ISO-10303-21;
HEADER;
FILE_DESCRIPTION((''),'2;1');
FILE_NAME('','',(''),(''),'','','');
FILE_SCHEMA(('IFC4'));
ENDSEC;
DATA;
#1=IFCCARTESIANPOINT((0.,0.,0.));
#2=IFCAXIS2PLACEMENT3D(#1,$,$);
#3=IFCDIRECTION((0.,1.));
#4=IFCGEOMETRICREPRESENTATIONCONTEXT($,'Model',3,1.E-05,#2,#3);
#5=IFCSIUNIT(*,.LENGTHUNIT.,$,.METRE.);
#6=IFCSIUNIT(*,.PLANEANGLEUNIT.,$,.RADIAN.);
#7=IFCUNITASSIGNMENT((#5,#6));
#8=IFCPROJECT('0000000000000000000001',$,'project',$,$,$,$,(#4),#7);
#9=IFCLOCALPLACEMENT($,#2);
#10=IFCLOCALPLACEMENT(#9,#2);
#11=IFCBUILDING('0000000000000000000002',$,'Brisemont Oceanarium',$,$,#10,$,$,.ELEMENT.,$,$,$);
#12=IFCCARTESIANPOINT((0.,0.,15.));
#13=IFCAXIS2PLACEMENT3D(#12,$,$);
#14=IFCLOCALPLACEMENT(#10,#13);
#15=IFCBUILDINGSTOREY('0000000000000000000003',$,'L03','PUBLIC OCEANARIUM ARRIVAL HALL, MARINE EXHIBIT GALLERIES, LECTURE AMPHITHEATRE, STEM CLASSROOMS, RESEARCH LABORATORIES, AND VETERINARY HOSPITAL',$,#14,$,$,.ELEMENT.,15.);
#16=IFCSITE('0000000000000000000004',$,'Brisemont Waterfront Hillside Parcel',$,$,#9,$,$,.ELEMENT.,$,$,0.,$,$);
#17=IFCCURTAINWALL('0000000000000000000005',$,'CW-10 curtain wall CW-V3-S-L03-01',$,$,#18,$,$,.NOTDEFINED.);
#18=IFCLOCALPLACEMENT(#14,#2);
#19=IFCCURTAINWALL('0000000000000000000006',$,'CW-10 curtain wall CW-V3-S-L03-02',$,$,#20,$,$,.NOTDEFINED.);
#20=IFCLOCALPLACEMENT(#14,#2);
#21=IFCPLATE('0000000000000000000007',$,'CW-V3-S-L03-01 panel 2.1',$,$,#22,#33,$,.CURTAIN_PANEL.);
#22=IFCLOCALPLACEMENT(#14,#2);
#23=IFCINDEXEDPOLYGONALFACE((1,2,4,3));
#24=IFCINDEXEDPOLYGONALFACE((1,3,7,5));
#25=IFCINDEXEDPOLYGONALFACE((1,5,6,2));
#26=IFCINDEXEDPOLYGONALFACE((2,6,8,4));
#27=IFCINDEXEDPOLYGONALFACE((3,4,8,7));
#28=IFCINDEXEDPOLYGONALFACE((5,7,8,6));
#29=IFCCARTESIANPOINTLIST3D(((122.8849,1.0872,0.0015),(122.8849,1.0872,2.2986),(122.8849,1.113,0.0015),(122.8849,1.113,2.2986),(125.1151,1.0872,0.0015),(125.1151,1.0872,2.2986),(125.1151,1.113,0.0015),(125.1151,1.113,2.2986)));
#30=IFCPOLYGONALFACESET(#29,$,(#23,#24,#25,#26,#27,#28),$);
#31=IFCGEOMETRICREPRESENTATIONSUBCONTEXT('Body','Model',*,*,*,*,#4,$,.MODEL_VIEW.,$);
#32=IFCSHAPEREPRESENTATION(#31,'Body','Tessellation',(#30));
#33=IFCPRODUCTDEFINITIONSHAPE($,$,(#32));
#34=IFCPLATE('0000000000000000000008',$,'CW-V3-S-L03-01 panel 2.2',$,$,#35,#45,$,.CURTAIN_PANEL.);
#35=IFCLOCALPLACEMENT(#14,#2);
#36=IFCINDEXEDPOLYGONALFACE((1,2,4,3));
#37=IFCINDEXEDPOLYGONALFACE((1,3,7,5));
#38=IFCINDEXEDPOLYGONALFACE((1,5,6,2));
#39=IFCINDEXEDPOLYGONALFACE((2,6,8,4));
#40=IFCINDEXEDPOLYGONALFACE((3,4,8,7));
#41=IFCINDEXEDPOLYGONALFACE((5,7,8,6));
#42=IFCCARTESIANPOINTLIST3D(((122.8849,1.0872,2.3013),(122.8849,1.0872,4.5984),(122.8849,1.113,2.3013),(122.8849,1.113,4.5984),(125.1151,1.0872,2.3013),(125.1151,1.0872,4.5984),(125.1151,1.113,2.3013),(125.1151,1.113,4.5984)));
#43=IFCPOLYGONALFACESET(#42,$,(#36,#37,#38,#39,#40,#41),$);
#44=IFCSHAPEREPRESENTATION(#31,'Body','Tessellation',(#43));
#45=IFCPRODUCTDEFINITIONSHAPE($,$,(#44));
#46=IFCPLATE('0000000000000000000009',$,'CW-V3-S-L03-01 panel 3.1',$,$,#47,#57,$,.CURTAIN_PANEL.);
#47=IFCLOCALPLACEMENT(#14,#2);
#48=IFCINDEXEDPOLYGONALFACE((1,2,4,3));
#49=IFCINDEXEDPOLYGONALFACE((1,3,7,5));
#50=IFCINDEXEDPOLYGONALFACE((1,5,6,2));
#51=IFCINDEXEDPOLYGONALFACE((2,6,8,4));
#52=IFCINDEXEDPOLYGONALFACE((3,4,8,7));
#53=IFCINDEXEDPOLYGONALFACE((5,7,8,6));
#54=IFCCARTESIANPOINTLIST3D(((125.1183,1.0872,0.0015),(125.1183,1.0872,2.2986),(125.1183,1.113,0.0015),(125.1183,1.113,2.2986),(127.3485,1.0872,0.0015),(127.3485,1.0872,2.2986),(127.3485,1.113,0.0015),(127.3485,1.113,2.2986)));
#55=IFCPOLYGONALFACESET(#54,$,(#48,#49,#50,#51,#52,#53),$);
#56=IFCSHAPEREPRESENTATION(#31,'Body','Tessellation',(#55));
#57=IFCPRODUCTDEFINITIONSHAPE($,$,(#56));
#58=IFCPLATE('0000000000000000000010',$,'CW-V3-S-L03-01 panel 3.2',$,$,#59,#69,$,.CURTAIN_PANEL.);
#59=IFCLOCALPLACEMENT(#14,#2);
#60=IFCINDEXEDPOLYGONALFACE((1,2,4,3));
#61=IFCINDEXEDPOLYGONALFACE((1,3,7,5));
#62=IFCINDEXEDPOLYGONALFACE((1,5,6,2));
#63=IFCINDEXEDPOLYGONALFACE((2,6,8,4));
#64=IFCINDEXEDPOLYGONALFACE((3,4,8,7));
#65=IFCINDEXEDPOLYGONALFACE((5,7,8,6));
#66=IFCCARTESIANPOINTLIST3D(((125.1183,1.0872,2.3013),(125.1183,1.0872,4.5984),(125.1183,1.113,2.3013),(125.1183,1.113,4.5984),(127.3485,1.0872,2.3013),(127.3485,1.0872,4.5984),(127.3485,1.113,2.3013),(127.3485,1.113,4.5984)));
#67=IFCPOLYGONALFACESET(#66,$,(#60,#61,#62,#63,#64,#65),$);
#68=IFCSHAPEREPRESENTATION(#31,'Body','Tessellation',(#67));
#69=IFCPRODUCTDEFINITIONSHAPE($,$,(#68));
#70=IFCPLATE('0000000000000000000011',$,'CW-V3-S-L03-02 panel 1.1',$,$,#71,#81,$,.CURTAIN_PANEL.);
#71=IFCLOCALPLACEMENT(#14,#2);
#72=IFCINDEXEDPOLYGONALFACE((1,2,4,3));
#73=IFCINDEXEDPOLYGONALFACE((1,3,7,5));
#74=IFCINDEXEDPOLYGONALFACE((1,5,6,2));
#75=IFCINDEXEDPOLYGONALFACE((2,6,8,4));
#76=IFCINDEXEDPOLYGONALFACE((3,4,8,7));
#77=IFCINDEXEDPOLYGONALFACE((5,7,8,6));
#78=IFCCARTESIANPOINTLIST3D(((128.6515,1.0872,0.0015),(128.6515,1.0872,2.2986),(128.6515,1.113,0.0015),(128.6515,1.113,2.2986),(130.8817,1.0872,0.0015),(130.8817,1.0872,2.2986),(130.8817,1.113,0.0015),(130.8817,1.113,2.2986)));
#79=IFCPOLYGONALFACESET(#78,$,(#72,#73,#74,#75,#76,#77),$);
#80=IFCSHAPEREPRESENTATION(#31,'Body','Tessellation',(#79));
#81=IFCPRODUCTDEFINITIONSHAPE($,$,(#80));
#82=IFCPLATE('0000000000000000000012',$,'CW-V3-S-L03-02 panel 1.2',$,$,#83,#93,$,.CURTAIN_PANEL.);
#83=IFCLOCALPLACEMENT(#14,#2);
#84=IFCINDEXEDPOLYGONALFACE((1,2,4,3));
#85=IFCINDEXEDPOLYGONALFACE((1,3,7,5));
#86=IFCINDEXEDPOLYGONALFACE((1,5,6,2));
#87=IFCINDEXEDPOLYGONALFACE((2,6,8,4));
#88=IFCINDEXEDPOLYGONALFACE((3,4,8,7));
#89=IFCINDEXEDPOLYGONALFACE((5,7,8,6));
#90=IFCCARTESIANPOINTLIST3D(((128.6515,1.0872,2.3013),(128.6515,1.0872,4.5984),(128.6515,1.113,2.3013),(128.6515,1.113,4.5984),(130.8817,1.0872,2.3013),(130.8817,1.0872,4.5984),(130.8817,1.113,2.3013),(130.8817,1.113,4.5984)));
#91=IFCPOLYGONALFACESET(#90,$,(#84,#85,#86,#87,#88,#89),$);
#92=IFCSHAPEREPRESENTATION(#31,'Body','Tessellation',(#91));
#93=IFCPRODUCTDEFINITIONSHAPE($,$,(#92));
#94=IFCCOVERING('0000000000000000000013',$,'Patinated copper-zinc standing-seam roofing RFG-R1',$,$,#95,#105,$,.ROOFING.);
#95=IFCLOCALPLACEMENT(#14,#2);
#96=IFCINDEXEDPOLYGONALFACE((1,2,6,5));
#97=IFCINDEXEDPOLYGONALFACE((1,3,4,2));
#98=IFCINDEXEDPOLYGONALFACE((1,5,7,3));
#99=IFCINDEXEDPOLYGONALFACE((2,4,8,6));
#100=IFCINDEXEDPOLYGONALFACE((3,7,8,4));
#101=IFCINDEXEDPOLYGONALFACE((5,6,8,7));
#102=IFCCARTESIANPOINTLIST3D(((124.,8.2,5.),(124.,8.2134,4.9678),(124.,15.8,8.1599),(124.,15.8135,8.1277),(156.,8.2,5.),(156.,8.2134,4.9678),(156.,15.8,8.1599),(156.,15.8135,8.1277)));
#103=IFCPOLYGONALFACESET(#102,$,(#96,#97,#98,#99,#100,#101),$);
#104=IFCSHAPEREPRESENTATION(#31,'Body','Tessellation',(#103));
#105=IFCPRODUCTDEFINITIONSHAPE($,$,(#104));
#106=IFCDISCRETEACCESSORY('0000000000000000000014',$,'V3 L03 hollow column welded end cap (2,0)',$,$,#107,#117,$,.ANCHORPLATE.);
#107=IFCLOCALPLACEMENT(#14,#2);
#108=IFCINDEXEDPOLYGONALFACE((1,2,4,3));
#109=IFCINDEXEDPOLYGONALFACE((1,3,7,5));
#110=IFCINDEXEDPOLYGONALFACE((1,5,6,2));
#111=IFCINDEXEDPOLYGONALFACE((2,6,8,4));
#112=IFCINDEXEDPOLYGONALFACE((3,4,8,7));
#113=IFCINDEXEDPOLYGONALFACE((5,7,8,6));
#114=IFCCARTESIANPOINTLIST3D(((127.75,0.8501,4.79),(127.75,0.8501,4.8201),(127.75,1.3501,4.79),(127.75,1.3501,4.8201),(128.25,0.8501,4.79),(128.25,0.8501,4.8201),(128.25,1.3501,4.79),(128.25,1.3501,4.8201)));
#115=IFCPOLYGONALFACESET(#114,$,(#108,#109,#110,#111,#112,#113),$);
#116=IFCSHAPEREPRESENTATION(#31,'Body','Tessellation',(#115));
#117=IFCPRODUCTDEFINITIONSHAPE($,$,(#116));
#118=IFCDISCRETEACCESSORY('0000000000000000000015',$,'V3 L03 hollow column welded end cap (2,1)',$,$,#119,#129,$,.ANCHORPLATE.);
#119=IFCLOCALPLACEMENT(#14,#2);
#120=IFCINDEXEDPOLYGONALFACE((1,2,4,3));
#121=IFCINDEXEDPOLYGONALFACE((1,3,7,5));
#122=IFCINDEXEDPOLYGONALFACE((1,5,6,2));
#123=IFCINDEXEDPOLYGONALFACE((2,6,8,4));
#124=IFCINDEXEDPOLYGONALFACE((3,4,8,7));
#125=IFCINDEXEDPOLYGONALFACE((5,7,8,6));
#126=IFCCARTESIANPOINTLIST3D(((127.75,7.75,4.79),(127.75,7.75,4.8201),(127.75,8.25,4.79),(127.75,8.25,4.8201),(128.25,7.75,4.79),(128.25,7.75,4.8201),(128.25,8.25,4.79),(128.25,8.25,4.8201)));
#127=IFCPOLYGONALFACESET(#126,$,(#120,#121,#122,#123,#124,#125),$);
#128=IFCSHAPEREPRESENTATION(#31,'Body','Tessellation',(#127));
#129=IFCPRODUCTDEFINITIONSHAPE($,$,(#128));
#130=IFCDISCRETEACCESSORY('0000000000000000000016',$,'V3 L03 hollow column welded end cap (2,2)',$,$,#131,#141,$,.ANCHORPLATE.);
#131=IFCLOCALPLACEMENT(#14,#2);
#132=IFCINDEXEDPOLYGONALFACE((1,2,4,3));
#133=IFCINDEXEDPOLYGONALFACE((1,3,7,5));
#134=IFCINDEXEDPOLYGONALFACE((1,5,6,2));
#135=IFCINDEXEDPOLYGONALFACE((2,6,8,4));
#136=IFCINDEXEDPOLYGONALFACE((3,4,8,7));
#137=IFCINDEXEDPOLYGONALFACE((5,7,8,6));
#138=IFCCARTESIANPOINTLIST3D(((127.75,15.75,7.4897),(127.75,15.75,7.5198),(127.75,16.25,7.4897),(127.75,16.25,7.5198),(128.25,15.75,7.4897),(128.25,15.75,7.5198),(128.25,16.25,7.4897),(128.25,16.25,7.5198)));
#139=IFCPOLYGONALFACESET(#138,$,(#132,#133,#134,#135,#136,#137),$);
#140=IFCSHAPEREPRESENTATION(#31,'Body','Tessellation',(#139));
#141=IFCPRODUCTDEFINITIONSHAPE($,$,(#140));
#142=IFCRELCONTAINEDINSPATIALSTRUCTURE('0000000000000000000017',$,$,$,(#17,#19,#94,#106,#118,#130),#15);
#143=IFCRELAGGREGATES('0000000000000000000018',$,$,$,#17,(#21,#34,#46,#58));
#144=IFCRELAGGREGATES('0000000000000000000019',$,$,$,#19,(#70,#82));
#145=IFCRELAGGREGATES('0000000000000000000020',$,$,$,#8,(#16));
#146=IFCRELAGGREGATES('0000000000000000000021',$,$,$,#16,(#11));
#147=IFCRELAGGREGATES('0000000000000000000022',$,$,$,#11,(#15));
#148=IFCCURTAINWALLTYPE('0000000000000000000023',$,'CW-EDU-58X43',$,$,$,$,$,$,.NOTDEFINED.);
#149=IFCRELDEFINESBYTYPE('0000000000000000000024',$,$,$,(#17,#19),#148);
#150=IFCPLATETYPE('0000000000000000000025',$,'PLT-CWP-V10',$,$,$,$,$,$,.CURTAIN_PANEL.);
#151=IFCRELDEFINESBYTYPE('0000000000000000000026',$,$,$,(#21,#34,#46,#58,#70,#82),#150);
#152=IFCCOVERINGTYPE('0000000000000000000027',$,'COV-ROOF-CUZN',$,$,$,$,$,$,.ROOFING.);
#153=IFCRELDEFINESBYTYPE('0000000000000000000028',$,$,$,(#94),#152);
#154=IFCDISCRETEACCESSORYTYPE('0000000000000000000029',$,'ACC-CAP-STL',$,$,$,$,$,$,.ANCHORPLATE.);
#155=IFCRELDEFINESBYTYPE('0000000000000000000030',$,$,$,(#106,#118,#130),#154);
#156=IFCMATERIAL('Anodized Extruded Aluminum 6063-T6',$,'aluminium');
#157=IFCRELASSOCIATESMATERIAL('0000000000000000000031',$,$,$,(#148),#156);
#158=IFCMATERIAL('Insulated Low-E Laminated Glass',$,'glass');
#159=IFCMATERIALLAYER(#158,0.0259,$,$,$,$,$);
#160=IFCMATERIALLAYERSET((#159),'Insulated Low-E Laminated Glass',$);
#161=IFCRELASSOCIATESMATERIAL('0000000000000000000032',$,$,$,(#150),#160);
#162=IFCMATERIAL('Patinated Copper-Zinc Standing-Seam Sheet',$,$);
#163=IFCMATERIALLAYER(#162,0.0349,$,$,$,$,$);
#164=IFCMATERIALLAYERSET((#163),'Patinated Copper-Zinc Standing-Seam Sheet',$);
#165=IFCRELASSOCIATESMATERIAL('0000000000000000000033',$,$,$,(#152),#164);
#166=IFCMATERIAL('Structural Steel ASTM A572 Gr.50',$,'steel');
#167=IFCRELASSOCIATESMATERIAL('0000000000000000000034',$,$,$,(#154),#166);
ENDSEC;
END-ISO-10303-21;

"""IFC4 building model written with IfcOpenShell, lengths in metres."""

from ifc_helpers import new_model, si_unit, direction, frame, origin, origin_2d, place, context, subcontext, project, spatial, polyline, rectangle, outline, extrude, material, layer, layer_set, type_object, element, aggregate, save


model = new_model("IFC4")

# Units and contexts
model_context = context("Model", 3, precision=1e-05, world=origin(), true_north=direction((0.0, 1.0)))
body_context = subcontext(model_context, "Body", "Model", "MODEL_VIEW")
ifc_project = project(units=[si_unit("LENGTHUNIT", "METRE"), si_unit("PLANEANGLEUNIT", "RADIAN")], contexts=[model_context])

# Site, building, storey
site_placement = place(None, origin())
site = spatial("IfcSite", under=ifc_project, at=site_placement, Name="Brisemont Waterfront Hillside Parcel", CompositionType="ELEMENT", RefElevation=0.0)
building_placement = place(site_placement, origin())
building = spatial("IfcBuilding", under=site, at=building_placement, Name="Brisemont Oceanarium", CompositionType="ELEMENT")
storey_placement = place(building_placement, frame((0.0, 0.0, 15.0)))
storey = spatial("IfcBuildingStorey", under=building, at=storey_placement, Name="L03", Description="PUBLIC OCEANARIUM ARRIVAL HALL, MARINE EXHIBIT GALLERIES, LECTURE AMPHITHEATRE, STEM CLASSROOMS, RESEARCH LABORATORIES, AND VETERINARY HOSPITAL", CompositionType="ELEMENT", Elevation=15.0)

# Curtain wall
ifc_material_1 = material(Name="Anodized Extruded Aluminum 6063-T6", Category="aluminium")
curtain_wall_type = type_object("IfcCurtainWallType", Name="CW-EDU-58X43", PredefinedType="NOTDEFINED", material=ifc_material_1)
curtain_wall_1_placement = place(storey_placement, origin())
curtain_wall_1 = element("IfcCurtainWall", 1, at=curtain_wall_1_placement, inside=storey, type_object=curtain_wall_type, Name="CW-10 curtain wall CW-V3-S-L03-01", PredefinedType="NOTDEFINED")

# Curtain wall
curtain_wall_2_placement = place(storey_placement, origin())
curtain_wall_2 = element("IfcCurtainWall", 2, at=curtain_wall_2_placement, inside=storey, type_object=curtain_wall_type, Name="CW-10 curtain wall CW-V3-S-L03-02", PredefinedType="NOTDEFINED")

# Plates
ifc_material_2 = material(Name="Insulated Low-E Laminated Glass", Category="glass")
ifc_layer_1 = layer(ifc_material_2, 0.0259)
ifc_layer_set_1 = layer_set([ifc_layer_1], Name="Insulated Low-E Laminated Glass")
plate_type = type_object("IfcPlateType", Name="PLT-CWP-V10", PredefinedType="CURTAIN_PANEL", material=ifc_layer_set_1)
plate_1_placement = place(storey_placement, frame((124.0, 1.1001, 0.0015), z_axis=(0.0, 0.0, 1.0), x_axis=(1.0, 0.0, 0.0)))
plate_1 = element("IfcPlate", 3, at=plate_1_placement, type_object=plate_type, Name="CW-V3-S-L03-01 panel 2.1", PredefinedType="CURTAIN_PANEL", context=body_context, shape_type="SweptSolid", body=[
    extrude(rectangle(XDim=2.2302, YDim=0.0259, at=origin_2d()), origin(), (0.0, 0.0, 1.0), 2.2971),
])
plate_2_placement = place(storey_placement, frame((124.0, 1.1001, 2.3013), z_axis=(0.0, 0.0, 1.0), x_axis=(1.0, 0.0, 0.0)))
plate_2 = element("IfcPlate", 4, at=plate_2_placement, type_object=plate_type, Name="CW-V3-S-L03-01 panel 2.2", PredefinedType="CURTAIN_PANEL", context=body_context, shape_type="SweptSolid", body=[
    extrude(rectangle(XDim=2.2302, YDim=0.0259, at=origin_2d()), origin(), (0.0, 0.0, 1.0), 2.2971),
])
plate_3_placement = place(storey_placement, frame((126.2334, 1.1001, 0.0015), z_axis=(0.0, 0.0, 1.0), x_axis=(1.0, 0.0, 0.0)))
plate_3 = element("IfcPlate", 5, at=plate_3_placement, type_object=plate_type, Name="CW-V3-S-L03-01 panel 3.1", PredefinedType="CURTAIN_PANEL", context=body_context, shape_type="SweptSolid", body=[
    extrude(rectangle(XDim=2.2302, YDim=0.0259, at=origin_2d()), origin(), (0.0, 0.0, 1.0), 2.2971),
])
plate_4_placement = place(storey_placement, frame((126.2334, 1.1001, 2.3013), z_axis=(0.0, 0.0, 1.0), x_axis=(1.0, 0.0, 0.0)))
plate_4 = element("IfcPlate", 6, at=plate_4_placement, type_object=plate_type, Name="CW-V3-S-L03-01 panel 3.2", PredefinedType="CURTAIN_PANEL", context=body_context, shape_type="SweptSolid", body=[
    extrude(rectangle(XDim=2.2302, YDim=0.0259, at=origin_2d()), origin(), (0.0, 0.0, 1.0), 2.2971),
])
aggregate(curtain_wall_1, [plate_1, plate_2, plate_3, plate_4])
plate_5_placement = place(storey_placement, frame((129.7666, 1.1001, 0.0015), z_axis=(0.0, 0.0, 1.0), x_axis=(1.0, 0.0, 0.0)))
plate_5 = element("IfcPlate", 7, at=plate_5_placement, type_object=plate_type, Name="CW-V3-S-L03-02 panel 1.1", PredefinedType="CURTAIN_PANEL", context=body_context, shape_type="SweptSolid", body=[
    extrude(rectangle(XDim=2.2302, YDim=0.0259, at=origin_2d()), origin(), (0.0, 0.0, 1.0), 2.2971),
])
plate_6_placement = place(storey_placement, frame((129.7666, 1.1001, 2.3013), z_axis=(0.0, 0.0, 1.0), x_axis=(1.0, 0.0, 0.0)))
plate_6 = element("IfcPlate", 8, at=plate_6_placement, type_object=plate_type, Name="CW-V3-S-L03-02 panel 1.2", PredefinedType="CURTAIN_PANEL", context=body_context, shape_type="SweptSolid", body=[
    extrude(rectangle(XDim=2.2302, YDim=0.0259, at=origin_2d()), origin(), (0.0, 0.0, 1.0), 2.2971),
])
aggregate(curtain_wall_2, [plate_5, plate_6])

# Covering
ifc_material_3 = material(Name="Patinated Copper-Zinc Standing-Seam Sheet")
ifc_layer_2 = layer(ifc_material_3, 0.0349)
ifc_layer_set_2 = layer_set([ifc_layer_2], Name="Patinated Copper-Zinc Standing-Seam Sheet")
covering_type = type_object("IfcCoveringType", Name="COV-ROOF-CUZN", PredefinedType="ROOFING", material=ifc_layer_set_2)
covering_placement = place(storey_placement, frame((124.0, 8.2, 5.0), z_axis=(0.0, -0.383912, 0.92337), x_axis=(1.0, 0.0, 0.0)))
element("IfcCovering", 9, at=covering_placement, inside=storey, type_object=covering_type, Name="Patinated copper-zinc standing-seam roofing RFG-R1", PredefinedType="ROOFING", context=body_context, shape_type="SweptSolid", body=[
    extrude(outline(polyline([(0.0, 0.0), (32.0, 0.0), (32.0, 8.2308), (0.0, 8.2308), (0.0, 0.0)])), origin(), (0.0, 0.0, -1.0), 0.0349),
])

# Discrete accessories
ifc_material_4 = material(Name="Structural Steel ASTM A572 Gr.50", Category="steel")
discrete_accessory_type = type_object("IfcDiscreteAccessoryType", Name="ACC-CAP-STL", PredefinedType="ANCHORPLATE", material=ifc_material_4)
for number, where, z_axis, x_axis, name in (
    (10, (128.0, 1.1001, 4.79), (0.0, 0.0, 1.0), (1.0, 0.0, 0.0), "V3 L03 hollow column welded end cap (2,0)"),
    (11, (128.0, 8.0, 4.79), (0.0, 0.0, 1.0), (1.0, 0.0, 0.0), "V3 L03 hollow column welded end cap (2,1)"),
    (12, (128.0, 16.0, 7.4897), (0.0, 0.0, 1.0), (1.0, 0.0, 0.0), "V3 L03 hollow column welded end cap (2,2)"),
):
    element("IfcDiscreteAccessory", number, at=place(storey_placement, frame(where, z_axis=z_axis, x_axis=x_axis)), inside=storey, type_object=discrete_accessory_type, Name=name, PredefinedType="ANCHORPLATE", context=body_context, shape_type="SweptSolid", body=[
        extrude(rectangle(XDim=0.5, YDim=0.5, at=origin_2d()), origin(), (0.0, 0.0, 1.0), 0.03),
    ])

save(model, "model.ifc")
